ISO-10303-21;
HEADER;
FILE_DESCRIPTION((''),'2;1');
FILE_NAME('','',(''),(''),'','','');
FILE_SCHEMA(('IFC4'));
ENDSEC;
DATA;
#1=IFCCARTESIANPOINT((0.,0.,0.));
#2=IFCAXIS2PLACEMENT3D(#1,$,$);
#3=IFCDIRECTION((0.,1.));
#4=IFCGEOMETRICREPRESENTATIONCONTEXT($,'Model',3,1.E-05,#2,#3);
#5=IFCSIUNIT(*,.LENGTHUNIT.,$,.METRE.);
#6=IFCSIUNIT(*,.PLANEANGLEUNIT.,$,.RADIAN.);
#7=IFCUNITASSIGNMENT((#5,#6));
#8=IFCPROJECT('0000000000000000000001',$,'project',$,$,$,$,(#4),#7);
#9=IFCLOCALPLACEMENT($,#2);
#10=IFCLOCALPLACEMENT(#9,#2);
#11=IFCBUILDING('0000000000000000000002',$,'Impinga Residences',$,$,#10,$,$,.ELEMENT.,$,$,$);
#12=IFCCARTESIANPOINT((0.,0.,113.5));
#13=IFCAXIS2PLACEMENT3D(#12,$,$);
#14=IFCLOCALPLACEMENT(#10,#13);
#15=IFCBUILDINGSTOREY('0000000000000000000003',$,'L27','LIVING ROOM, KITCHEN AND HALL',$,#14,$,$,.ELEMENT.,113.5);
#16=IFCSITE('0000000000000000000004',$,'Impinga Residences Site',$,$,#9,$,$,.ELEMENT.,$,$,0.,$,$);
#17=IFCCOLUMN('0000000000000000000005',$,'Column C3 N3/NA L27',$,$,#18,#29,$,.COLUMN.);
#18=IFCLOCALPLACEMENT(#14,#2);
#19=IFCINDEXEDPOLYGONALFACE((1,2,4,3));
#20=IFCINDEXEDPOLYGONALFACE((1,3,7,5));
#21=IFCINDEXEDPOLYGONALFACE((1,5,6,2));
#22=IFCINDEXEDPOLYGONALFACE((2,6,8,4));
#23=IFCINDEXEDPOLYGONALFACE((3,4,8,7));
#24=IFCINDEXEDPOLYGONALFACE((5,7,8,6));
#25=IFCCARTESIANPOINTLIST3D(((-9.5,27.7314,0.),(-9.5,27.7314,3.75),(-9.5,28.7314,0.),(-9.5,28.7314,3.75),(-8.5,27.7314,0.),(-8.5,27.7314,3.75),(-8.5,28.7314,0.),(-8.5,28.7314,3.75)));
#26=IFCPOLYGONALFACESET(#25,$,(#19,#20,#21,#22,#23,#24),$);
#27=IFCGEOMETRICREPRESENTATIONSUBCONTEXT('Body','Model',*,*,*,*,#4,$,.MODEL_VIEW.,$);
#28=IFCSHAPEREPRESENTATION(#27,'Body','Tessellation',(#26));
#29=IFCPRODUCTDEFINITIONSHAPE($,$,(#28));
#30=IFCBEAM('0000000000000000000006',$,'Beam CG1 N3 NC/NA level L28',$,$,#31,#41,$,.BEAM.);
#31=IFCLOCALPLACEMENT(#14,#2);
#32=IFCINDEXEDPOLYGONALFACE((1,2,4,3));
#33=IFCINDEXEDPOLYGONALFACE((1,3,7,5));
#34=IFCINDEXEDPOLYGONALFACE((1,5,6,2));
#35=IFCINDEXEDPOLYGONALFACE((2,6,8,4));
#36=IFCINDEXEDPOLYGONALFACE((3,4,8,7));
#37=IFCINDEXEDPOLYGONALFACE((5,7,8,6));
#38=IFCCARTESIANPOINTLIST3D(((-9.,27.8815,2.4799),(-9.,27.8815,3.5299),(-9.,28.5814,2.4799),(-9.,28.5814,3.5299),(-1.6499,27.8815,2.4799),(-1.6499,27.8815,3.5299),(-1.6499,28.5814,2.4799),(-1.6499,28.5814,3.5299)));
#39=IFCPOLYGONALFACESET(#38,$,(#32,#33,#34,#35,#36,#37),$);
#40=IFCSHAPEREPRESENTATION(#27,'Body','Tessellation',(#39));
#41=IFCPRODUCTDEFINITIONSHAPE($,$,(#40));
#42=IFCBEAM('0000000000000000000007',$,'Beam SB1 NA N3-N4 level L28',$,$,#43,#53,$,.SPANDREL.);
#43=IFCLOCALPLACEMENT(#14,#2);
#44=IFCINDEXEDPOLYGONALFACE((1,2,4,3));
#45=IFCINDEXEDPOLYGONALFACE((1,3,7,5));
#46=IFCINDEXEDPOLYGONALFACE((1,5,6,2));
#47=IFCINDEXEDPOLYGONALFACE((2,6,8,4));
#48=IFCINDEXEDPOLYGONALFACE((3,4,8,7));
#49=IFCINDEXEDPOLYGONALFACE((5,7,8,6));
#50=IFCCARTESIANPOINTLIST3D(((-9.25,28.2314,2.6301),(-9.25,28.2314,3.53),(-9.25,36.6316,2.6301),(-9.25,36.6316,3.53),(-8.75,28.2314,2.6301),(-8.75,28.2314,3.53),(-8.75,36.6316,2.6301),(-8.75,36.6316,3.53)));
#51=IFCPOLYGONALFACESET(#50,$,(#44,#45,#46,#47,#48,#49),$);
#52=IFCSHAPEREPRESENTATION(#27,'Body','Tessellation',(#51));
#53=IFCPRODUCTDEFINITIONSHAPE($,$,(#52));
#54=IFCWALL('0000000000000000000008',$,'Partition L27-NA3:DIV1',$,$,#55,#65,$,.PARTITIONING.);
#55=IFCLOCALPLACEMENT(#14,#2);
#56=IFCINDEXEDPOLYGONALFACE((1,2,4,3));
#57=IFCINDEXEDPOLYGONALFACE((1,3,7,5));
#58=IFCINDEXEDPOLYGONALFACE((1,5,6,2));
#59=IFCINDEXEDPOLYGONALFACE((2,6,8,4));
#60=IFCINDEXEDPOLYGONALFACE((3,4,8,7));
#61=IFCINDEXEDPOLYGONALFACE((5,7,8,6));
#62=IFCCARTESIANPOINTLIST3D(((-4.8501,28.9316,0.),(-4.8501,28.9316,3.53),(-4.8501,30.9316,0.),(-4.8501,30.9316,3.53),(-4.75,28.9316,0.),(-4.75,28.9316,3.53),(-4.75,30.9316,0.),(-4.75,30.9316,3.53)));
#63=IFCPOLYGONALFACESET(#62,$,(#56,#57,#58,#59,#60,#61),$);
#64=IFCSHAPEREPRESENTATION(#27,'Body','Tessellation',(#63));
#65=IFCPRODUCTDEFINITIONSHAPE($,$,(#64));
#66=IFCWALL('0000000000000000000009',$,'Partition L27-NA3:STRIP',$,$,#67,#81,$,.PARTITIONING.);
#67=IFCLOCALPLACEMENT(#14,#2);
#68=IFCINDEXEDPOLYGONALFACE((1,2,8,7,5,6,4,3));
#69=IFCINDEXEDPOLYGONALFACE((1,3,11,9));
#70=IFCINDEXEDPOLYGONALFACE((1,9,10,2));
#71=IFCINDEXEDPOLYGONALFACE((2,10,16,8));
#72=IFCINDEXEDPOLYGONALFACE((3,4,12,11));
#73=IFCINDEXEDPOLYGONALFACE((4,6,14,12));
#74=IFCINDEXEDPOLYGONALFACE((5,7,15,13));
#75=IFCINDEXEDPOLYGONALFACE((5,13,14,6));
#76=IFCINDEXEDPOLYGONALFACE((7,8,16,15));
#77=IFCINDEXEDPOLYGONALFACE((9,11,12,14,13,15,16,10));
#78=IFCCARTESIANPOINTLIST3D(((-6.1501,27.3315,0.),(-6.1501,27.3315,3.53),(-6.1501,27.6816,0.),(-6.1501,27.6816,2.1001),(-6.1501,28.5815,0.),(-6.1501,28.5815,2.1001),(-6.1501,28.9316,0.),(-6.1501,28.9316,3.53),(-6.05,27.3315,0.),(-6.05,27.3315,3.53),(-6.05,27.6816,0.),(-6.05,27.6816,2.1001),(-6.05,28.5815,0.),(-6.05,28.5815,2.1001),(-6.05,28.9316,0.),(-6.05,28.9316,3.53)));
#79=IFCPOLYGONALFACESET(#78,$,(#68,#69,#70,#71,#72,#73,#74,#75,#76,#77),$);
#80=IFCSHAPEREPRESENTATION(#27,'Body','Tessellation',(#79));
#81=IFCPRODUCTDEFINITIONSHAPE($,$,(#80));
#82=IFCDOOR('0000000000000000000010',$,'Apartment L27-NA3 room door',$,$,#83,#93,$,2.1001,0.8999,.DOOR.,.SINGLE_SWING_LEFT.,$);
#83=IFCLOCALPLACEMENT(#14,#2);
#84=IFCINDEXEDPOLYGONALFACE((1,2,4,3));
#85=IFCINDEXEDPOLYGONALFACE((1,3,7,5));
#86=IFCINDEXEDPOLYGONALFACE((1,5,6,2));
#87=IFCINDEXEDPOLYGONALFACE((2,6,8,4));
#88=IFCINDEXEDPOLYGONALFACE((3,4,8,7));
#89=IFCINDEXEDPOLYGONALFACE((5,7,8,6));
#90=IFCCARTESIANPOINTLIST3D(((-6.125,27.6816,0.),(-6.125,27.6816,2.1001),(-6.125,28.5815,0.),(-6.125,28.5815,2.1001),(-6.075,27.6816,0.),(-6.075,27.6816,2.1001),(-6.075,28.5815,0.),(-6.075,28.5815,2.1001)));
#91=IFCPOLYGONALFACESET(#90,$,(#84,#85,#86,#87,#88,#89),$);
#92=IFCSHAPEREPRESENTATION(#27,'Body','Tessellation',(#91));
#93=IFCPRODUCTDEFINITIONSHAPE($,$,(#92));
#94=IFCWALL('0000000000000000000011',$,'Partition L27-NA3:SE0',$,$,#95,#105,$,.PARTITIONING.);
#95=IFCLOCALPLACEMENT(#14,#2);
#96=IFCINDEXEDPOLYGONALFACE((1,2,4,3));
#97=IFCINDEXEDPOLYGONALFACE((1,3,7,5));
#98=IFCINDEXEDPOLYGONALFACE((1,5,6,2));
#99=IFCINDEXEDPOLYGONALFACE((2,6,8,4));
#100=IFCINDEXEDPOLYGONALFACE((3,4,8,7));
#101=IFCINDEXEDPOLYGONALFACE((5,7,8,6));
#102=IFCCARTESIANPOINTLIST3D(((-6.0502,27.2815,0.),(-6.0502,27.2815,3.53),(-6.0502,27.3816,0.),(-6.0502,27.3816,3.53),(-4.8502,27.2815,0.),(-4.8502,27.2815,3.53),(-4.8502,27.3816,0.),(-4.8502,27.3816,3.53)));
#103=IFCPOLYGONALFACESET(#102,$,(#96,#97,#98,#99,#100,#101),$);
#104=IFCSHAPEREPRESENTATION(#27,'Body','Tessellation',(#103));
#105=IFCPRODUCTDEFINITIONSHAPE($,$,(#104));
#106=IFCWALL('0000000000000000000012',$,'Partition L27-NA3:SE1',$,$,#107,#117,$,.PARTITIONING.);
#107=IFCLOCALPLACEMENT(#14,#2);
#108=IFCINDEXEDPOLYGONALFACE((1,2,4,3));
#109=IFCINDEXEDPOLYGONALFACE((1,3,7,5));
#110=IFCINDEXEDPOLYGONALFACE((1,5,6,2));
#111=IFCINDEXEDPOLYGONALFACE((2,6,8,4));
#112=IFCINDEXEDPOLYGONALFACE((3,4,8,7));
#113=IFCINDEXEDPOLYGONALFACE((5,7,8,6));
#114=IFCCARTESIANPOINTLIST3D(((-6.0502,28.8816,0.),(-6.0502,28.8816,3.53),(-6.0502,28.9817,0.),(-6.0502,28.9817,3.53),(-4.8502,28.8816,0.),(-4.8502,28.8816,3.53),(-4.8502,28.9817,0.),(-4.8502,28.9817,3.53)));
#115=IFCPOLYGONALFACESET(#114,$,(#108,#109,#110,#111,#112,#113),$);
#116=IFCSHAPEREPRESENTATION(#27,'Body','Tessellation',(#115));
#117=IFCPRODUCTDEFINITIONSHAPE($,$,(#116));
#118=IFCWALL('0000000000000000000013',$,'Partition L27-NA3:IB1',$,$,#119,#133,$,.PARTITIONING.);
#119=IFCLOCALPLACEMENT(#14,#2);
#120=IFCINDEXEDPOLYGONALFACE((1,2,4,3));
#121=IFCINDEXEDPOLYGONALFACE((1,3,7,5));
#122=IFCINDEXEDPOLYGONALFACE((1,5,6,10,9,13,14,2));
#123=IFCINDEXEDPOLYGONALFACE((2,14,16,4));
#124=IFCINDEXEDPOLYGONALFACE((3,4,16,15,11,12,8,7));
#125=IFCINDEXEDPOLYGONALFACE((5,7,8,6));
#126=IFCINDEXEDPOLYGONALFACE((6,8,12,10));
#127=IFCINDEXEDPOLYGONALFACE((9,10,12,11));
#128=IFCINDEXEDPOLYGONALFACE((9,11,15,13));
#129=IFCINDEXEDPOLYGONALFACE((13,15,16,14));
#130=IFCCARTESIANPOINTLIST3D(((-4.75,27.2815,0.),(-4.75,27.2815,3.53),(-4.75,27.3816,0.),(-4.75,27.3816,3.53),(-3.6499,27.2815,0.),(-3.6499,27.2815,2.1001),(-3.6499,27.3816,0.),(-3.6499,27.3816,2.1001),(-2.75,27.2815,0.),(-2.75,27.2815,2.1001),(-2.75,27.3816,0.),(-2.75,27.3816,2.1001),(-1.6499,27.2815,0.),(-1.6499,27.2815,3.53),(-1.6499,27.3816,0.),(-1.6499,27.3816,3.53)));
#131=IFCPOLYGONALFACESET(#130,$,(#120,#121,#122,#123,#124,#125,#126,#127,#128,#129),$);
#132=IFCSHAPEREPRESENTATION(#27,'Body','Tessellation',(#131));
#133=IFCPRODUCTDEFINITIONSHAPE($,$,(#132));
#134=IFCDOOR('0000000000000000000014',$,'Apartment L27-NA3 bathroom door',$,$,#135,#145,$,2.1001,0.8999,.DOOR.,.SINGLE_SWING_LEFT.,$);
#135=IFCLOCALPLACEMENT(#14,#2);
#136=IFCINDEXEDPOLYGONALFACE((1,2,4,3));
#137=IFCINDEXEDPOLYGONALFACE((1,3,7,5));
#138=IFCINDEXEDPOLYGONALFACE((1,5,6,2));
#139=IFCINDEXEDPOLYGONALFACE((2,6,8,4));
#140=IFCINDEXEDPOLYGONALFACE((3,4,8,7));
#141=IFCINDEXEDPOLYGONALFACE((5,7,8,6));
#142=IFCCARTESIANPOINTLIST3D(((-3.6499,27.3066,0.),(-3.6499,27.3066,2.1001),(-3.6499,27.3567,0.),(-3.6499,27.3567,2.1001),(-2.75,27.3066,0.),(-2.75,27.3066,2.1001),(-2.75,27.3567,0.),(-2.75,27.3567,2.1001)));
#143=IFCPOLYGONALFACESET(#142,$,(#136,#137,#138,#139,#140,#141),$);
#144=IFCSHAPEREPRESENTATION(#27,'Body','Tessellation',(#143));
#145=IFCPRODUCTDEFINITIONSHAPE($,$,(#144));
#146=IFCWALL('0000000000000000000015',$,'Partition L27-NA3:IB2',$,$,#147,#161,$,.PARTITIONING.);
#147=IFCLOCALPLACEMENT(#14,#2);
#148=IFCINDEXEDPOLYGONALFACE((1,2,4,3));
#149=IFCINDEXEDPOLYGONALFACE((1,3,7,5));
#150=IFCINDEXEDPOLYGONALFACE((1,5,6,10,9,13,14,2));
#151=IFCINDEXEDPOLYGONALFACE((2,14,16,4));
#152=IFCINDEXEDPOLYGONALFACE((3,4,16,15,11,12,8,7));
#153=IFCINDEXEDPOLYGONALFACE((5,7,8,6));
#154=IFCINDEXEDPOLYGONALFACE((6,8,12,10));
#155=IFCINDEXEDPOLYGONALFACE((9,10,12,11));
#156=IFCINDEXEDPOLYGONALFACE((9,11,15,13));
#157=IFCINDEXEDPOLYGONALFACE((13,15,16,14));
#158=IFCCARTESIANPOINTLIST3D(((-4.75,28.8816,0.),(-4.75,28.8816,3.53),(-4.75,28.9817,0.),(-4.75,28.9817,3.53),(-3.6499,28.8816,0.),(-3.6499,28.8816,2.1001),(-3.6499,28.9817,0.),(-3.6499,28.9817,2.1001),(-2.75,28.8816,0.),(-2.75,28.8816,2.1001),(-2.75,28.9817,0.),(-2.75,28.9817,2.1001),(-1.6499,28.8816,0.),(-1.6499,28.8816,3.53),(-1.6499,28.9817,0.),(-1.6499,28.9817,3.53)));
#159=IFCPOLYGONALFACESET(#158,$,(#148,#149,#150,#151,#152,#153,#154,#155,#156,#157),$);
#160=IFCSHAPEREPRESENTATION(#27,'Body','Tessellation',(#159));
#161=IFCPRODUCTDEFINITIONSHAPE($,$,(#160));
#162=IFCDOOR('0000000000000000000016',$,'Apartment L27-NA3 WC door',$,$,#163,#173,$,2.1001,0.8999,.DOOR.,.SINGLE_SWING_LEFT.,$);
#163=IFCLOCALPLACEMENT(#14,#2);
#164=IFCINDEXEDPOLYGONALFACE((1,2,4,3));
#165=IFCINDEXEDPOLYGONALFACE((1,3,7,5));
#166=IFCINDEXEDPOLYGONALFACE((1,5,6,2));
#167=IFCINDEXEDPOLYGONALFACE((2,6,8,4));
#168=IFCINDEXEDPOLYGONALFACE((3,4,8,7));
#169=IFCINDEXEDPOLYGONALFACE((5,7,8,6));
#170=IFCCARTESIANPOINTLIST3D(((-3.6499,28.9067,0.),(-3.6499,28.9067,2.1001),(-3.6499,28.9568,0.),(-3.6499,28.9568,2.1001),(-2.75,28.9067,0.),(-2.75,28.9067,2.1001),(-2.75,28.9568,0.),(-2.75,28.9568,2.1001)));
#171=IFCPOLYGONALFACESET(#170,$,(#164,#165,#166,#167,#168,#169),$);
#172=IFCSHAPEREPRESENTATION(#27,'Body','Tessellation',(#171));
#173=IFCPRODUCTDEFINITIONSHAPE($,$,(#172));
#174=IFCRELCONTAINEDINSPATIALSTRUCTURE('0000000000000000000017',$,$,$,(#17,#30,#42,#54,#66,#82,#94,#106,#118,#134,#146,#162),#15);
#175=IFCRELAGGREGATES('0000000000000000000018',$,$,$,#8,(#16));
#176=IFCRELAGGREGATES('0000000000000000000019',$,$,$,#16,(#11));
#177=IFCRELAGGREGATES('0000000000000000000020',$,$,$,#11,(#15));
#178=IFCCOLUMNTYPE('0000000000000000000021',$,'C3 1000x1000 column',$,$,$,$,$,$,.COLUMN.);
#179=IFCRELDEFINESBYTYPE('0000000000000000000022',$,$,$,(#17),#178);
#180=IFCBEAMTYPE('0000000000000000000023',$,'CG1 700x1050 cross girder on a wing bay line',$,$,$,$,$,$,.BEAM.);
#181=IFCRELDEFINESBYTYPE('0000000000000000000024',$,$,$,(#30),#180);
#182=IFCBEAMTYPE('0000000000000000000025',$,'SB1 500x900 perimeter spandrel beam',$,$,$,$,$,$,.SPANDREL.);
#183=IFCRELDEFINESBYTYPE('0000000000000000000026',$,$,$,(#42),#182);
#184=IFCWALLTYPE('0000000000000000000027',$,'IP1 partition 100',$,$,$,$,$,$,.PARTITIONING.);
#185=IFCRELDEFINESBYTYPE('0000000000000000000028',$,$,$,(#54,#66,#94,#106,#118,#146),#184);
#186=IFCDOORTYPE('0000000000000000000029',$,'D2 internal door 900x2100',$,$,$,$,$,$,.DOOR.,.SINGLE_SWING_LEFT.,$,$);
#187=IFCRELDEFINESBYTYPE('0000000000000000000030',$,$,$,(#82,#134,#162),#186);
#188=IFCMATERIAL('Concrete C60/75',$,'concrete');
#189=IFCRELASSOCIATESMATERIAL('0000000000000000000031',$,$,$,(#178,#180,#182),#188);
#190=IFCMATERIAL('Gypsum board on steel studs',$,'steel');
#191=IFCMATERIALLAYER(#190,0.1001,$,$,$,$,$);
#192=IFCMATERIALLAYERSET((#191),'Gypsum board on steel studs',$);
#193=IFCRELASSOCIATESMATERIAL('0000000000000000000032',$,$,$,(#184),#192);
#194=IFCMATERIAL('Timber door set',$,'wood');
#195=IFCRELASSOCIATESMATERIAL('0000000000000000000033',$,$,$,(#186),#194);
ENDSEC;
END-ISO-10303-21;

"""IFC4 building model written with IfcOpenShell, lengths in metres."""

from ifc_helpers import new_model, si_unit, direction, frame, frame_2d, origin, origin_2d, place, context, subcontext, project, spatial, rectangle, extrude, material, layer, layer_set, material_profile, profile_set, type_object, element, fill, save


model = new_model("IFC4")

# Units and contexts
model_context = context("Model", 3, precision=1e-05, world=origin(), true_north=direction((0.0, 1.0)))
body_context = subcontext(model_context, "Body", "Model", "MODEL_VIEW")
ifc_project = project(units=[si_unit("LENGTHUNIT", "METRE"), si_unit("PLANEANGLEUNIT", "RADIAN")], contexts=[model_context])

# Site, building, storey
site_placement = place(None, origin())
site = spatial("IfcSite", under=ifc_project, at=site_placement, Name="Impinga Residences Site", CompositionType="ELEMENT", RefElevation=0.0)
building_placement = place(site_placement, origin())
building = spatial("IfcBuilding", under=site, at=building_placement, Name="Impinga Residences", CompositionType="ELEMENT")
storey_placement = place(building_placement, frame((0.0, 0.0, 113.5)))
storey = spatial("IfcBuildingStorey", under=building, at=storey_placement, Name="L27", Description="LIVING ROOM, KITCHEN AND HALL", CompositionType="ELEMENT", Elevation=113.5)

# Column
ifc_material_1 = material(Name="Concrete C60/75", Category="concrete")
ifc_material_profile_1 = material_profile(ifc_material_1, rectangle(XDim=1.0, YDim=1.0, at=origin_2d()), Name="RC 1000x1000")
ifc_profile_set_1 = profile_set([ifc_material_profile_1], Name="Concrete C60/75")
column_type = type_object("IfcColumnType", Name="C3 1000x1000 column", PredefinedType="COLUMN", material=ifc_profile_set_1)
column_placement = place(storey_placement, frame((-9.0, 28.2314, 0.0), z_axis=(0.0, 0.0, 1.0), x_axis=(1.0, 0.0, 0.0)))
element("IfcColumn", 1, at=column_placement, inside=storey, type_object=column_type, Name="Column C3 N3/NA L27", PredefinedType="COLUMN", context=body_context, shape_type="SweptSolid", body=[
    extrude(rectangle(XDim=1.0, YDim=1.0, at=origin_2d()), origin(), (0.0, 0.0, 1.0), 3.75),
])

# Beams
ifc_material_profile_2 = material_profile(ifc_material_1, rectangle(XDim=0.7, YDim=1.05, at=origin_2d()), Name="RC 700x1050")
ifc_profile_set_2 = profile_set([ifc_material_profile_2], Name="Concrete C60/75")
beam_type_1 = type_object("IfcBeamType", Name="CG1 700x1050 cross girder on a wing bay line", PredefinedType="BEAM", material=ifc_profile_set_2)
beam_1_placement = place(storey_placement, frame((-1.6499, 28.2314, 3.0049), z_axis=(-1.0, 0.0, 0.0), x_axis=(0.0, -1.0, 0.0)))
element("IfcBeam", 2, at=beam_1_placement, inside=storey, type_object=beam_type_1, Name="Beam CG1 N3 NC/NA level L28", PredefinedType="BEAM", context=body_context, shape_type="SweptSolid", body=[
    extrude(rectangle(XDim=0.7, YDim=1.05, at=origin_2d()), origin(), (0.0, 0.0, 1.0), 7.3501),
])
ifc_material_profile_3 = material_profile(ifc_material_1, rectangle(XDim=0.5, YDim=0.8999, at=origin_2d()), Name="RC 500x900")
ifc_profile_set_3 = profile_set([ifc_material_profile_3], Name="Concrete C60/75")
beam_type_2 = type_object("IfcBeamType", Name="SB1 500x900 perimeter spandrel beam", PredefinedType="SPANDREL", material=ifc_profile_set_3)
beam_2_placement = place(storey_placement, frame((-9.0, 28.2314, 3.0801), z_axis=(0.0, 1.0, 0.0), x_axis=(-1.0, 0.0, 0.0)))
element("IfcBeam", 3, at=beam_2_placement, inside=storey, type_object=beam_type_2, Name="Beam SB1 NA N3-N4 level L28", PredefinedType="SPANDREL", context=body_context, shape_type="SweptSolid", body=[
    extrude(rectangle(XDim=0.5, YDim=0.8999, at=origin_2d()), origin(), (0.0, 0.0, 1.0), 8.4001),
])

# Wall
ifc_material_2 = material(Name="Gypsum board on steel studs", Category="steel")
ifc_layer_1 = layer(ifc_material_2, 0.1001)
ifc_layer_set_1 = layer_set([ifc_layer_1], Name="Gypsum board on steel studs")
wall_type_1 = type_object("IfcWallType", Name="IP1 partition 100", PredefinedType="PARTITIONING", material=ifc_layer_set_1)
wall_1_placement = place(storey_placement, frame((-4.8, 28.9316, 0.0), z_axis=(0.0, 0.0, 1.0), x_axis=(0.0, 1.0, 0.0)))
element("IfcWall", 4, at=wall_1_placement, inside=storey, type_object=wall_type_1, Name="Partition L27-NA3:DIV1", PredefinedType="PARTITIONING", context=body_context, shape_type="SweptSolid", body=[
    extrude(rectangle(XDim=2.0, YDim=0.1001, at=frame_2d((1.0, 0.0))), origin(), (0.0, 0.0, 1.0), 3.53),
])

# Wall, opening, door
wall_2_placement = place(storey_placement, frame((-6.1001, 27.3315, 0.0), z_axis=(0.0, 0.0, 1.0), x_axis=(0.0, 1.0, 0.0)))
wall_2 = element("IfcWall", 5, at=wall_2_placement, inside=storey, type_object=wall_type_1, Name="Partition L27-NA3:STRIP", PredefinedType="PARTITIONING", context=body_context, shape_type="SweptSolid", body=[
    extrude(rectangle(XDim=1.6001, YDim=0.1001, at=frame_2d((0.8, 0.0))), origin(), (0.0, 0.0, 1.0), 3.53),
])
opening_1_placement = place(wall_2_placement, frame((0.3501, 0.0, 0.0)))
opening_1 = element("IfcOpeningElement", 6, at=opening_1_placement, cuts=wall_2, PredefinedType="OPENING", context=body_context, shape_type="SweptSolid", body=[
    extrude(rectangle(XDim=0.8999, YDim=2.1001, at=frame_2d((0.45, 1.05))), frame((0.0, 0.0601, 0.0), z_axis=(0.0, -1.0, 0.0), x_axis=(1.0, 0.0, 0.0)), (0.0, 0.0, 1.0), 0.1201),
])
ifc_material_3 = material(Name="Timber door set", Category="wood")
door_type = type_object("IfcDoorType", Name="D2 internal door 900x2100", OperationType="SINGLE_SWING_LEFT", PredefinedType="DOOR", material=ifc_material_3)
door_1_placement = place(opening_1_placement, origin())
door_1 = element("IfcDoor", 7, at=door_1_placement, inside=storey, type_object=door_type, Name="Apartment L27-NA3 room door", OperationType="SINGLE_SWING_LEFT", OverallHeight=2.1001, OverallWidth=0.8999, PredefinedType="DOOR", context=body_context, shape_type="SweptSolid", body=[
    extrude(rectangle(XDim=0.8999, YDim=2.1001, at=frame_2d((0.45, 1.05))), frame((0.0, 0.0249, 0.0), z_axis=(0.0, -1.0, 0.0), x_axis=(1.0, 0.0, 0.0)), (0.0, 0.0, 1.0), 0.05),
])
fill(opening_1, door_1)

# Walls
for number, where, z_axis, x_axis, name in (
    (8, (-4.8501, 27.3315, 0.0), (0.0, 0.0, 1.0), (-1.0, 0.0, 0.0), "Partition L27-NA3:SE0"),
    (9, (-4.8501, 28.9316, 0.0), (0.0, 0.0, 1.0), (-1.0, 0.0, 0.0), "Partition L27-NA3:SE1"),
):
    element("IfcWall", number, at=place(storey_placement, frame(where, z_axis=z_axis, x_axis=x_axis)), inside=storey, type_object=wall_type_1, Name=name, PredefinedType="PARTITIONING", context=body_context, shape_type="SweptSolid", body=[
        extrude(rectangle(XDim=1.2, YDim=0.1001, at=frame_2d((0.6001, 0.0))), origin(), (0.0, 0.0, 1.0), 3.53),
    ])

# Walls, openings, doors
wall_3_placement = place(storey_placement, frame((-1.6499, 27.3315, 0.0), z_axis=(0.0, 0.0, 1.0), x_axis=(-1.0, 0.0, 0.0)))
wall_3 = element("IfcWall", 10, at=wall_3_placement, inside=storey, type_object=wall_type_1, Name="Partition L27-NA3:IB1", PredefinedType="PARTITIONING", context=body_context, shape_type="SweptSolid", body=[
    extrude(rectangle(XDim=3.1001, YDim=0.1001, at=frame_2d((1.55, 0.0))), origin(), (0.0, 0.0, 1.0), 3.53),
])
opening_2_placement = place(wall_3_placement, frame((1.1001, 0.0, 0.0)))
opening_2 = element("IfcOpeningElement", 11, at=opening_2_placement, cuts=wall_3, PredefinedType="OPENING", context=body_context, shape_type="SweptSolid", body=[
    extrude(rectangle(XDim=0.8999, YDim=2.1001, at=frame_2d((0.45, 1.05))), frame((0.0, 0.0601, 0.0), z_axis=(0.0, -1.0, 0.0), x_axis=(1.0, 0.0, 0.0)), (0.0, 0.0, 1.0), 0.1201),
])
door_2_placement = place(opening_2_placement, origin())
door_2 = element("IfcDoor", 12, at=door_2_placement, inside=storey, type_object=door_type, Name="Apartment L27-NA3 bathroom door", OperationType="SINGLE_SWING_LEFT", OverallHeight=2.1001, OverallWidth=0.8999, PredefinedType="DOOR", context=body_context, shape_type="SweptSolid", body=[
    extrude(rectangle(XDim=0.8999, YDim=2.1001, at=frame_2d((0.45, 1.05))), frame((0.0, 0.0249, 0.0), z_axis=(0.0, -1.0, 0.0), x_axis=(1.0, 0.0, 0.0)), (0.0, 0.0, 1.0), 0.05),
])
fill(opening_2, door_2)
wall_4_placement = place(storey_placement, frame((-1.6499, 28.9316, 0.0), z_axis=(0.0, 0.0, 1.0), x_axis=(-1.0, 0.0, 0.0)))
wall_4 = element("IfcWall", 13, at=wall_4_placement, inside=storey, type_object=wall_type_1, Name="Partition L27-NA3:IB2", PredefinedType="PARTITIONING", context=body_context, shape_type="SweptSolid", body=[
    extrude(rectangle(XDim=3.1001, YDim=0.1001, at=frame_2d((1.55, 0.0))), origin(), (0.0, 0.0, 1.0), 3.53),
])
opening_3_placement = place(wall_4_placement, frame((1.1001, 0.0, 0.0)))
opening_3 = element("IfcOpeningElement", 14, at=opening_3_placement, cuts=wall_4, PredefinedType="OPENING", context=body_context, shape_type="SweptSolid", body=[
    extrude(rectangle(XDim=0.8999, YDim=2.1001, at=frame_2d((0.45, 1.05))), frame((0.0, 0.0601, 0.0), z_axis=(0.0, -1.0, 0.0), x_axis=(1.0, 0.0, 0.0)), (0.0, 0.0, 1.0), 0.1201),
])
door_3_placement = place(opening_3_placement, origin())
door_3 = element("IfcDoor", 15, at=door_3_placement, inside=storey, type_object=door_type, Name="Apartment L27-NA3 WC door", OperationType="SINGLE_SWING_LEFT", OverallHeight=2.1001, OverallWidth=0.8999, PredefinedType="DOOR", context=body_context, shape_type="SweptSolid", body=[
    extrude(rectangle(XDim=0.8999, YDim=2.1001, at=frame_2d((0.45, 1.05))), frame((0.0, 0.0249, 0.0), z_axis=(0.0, -1.0, 0.0), x_axis=(1.0, 0.0, 0.0)), (0.0, 0.0, 1.0), 0.05),
])
fill(opening_3, door_3)

save(model, "model.ifc")
